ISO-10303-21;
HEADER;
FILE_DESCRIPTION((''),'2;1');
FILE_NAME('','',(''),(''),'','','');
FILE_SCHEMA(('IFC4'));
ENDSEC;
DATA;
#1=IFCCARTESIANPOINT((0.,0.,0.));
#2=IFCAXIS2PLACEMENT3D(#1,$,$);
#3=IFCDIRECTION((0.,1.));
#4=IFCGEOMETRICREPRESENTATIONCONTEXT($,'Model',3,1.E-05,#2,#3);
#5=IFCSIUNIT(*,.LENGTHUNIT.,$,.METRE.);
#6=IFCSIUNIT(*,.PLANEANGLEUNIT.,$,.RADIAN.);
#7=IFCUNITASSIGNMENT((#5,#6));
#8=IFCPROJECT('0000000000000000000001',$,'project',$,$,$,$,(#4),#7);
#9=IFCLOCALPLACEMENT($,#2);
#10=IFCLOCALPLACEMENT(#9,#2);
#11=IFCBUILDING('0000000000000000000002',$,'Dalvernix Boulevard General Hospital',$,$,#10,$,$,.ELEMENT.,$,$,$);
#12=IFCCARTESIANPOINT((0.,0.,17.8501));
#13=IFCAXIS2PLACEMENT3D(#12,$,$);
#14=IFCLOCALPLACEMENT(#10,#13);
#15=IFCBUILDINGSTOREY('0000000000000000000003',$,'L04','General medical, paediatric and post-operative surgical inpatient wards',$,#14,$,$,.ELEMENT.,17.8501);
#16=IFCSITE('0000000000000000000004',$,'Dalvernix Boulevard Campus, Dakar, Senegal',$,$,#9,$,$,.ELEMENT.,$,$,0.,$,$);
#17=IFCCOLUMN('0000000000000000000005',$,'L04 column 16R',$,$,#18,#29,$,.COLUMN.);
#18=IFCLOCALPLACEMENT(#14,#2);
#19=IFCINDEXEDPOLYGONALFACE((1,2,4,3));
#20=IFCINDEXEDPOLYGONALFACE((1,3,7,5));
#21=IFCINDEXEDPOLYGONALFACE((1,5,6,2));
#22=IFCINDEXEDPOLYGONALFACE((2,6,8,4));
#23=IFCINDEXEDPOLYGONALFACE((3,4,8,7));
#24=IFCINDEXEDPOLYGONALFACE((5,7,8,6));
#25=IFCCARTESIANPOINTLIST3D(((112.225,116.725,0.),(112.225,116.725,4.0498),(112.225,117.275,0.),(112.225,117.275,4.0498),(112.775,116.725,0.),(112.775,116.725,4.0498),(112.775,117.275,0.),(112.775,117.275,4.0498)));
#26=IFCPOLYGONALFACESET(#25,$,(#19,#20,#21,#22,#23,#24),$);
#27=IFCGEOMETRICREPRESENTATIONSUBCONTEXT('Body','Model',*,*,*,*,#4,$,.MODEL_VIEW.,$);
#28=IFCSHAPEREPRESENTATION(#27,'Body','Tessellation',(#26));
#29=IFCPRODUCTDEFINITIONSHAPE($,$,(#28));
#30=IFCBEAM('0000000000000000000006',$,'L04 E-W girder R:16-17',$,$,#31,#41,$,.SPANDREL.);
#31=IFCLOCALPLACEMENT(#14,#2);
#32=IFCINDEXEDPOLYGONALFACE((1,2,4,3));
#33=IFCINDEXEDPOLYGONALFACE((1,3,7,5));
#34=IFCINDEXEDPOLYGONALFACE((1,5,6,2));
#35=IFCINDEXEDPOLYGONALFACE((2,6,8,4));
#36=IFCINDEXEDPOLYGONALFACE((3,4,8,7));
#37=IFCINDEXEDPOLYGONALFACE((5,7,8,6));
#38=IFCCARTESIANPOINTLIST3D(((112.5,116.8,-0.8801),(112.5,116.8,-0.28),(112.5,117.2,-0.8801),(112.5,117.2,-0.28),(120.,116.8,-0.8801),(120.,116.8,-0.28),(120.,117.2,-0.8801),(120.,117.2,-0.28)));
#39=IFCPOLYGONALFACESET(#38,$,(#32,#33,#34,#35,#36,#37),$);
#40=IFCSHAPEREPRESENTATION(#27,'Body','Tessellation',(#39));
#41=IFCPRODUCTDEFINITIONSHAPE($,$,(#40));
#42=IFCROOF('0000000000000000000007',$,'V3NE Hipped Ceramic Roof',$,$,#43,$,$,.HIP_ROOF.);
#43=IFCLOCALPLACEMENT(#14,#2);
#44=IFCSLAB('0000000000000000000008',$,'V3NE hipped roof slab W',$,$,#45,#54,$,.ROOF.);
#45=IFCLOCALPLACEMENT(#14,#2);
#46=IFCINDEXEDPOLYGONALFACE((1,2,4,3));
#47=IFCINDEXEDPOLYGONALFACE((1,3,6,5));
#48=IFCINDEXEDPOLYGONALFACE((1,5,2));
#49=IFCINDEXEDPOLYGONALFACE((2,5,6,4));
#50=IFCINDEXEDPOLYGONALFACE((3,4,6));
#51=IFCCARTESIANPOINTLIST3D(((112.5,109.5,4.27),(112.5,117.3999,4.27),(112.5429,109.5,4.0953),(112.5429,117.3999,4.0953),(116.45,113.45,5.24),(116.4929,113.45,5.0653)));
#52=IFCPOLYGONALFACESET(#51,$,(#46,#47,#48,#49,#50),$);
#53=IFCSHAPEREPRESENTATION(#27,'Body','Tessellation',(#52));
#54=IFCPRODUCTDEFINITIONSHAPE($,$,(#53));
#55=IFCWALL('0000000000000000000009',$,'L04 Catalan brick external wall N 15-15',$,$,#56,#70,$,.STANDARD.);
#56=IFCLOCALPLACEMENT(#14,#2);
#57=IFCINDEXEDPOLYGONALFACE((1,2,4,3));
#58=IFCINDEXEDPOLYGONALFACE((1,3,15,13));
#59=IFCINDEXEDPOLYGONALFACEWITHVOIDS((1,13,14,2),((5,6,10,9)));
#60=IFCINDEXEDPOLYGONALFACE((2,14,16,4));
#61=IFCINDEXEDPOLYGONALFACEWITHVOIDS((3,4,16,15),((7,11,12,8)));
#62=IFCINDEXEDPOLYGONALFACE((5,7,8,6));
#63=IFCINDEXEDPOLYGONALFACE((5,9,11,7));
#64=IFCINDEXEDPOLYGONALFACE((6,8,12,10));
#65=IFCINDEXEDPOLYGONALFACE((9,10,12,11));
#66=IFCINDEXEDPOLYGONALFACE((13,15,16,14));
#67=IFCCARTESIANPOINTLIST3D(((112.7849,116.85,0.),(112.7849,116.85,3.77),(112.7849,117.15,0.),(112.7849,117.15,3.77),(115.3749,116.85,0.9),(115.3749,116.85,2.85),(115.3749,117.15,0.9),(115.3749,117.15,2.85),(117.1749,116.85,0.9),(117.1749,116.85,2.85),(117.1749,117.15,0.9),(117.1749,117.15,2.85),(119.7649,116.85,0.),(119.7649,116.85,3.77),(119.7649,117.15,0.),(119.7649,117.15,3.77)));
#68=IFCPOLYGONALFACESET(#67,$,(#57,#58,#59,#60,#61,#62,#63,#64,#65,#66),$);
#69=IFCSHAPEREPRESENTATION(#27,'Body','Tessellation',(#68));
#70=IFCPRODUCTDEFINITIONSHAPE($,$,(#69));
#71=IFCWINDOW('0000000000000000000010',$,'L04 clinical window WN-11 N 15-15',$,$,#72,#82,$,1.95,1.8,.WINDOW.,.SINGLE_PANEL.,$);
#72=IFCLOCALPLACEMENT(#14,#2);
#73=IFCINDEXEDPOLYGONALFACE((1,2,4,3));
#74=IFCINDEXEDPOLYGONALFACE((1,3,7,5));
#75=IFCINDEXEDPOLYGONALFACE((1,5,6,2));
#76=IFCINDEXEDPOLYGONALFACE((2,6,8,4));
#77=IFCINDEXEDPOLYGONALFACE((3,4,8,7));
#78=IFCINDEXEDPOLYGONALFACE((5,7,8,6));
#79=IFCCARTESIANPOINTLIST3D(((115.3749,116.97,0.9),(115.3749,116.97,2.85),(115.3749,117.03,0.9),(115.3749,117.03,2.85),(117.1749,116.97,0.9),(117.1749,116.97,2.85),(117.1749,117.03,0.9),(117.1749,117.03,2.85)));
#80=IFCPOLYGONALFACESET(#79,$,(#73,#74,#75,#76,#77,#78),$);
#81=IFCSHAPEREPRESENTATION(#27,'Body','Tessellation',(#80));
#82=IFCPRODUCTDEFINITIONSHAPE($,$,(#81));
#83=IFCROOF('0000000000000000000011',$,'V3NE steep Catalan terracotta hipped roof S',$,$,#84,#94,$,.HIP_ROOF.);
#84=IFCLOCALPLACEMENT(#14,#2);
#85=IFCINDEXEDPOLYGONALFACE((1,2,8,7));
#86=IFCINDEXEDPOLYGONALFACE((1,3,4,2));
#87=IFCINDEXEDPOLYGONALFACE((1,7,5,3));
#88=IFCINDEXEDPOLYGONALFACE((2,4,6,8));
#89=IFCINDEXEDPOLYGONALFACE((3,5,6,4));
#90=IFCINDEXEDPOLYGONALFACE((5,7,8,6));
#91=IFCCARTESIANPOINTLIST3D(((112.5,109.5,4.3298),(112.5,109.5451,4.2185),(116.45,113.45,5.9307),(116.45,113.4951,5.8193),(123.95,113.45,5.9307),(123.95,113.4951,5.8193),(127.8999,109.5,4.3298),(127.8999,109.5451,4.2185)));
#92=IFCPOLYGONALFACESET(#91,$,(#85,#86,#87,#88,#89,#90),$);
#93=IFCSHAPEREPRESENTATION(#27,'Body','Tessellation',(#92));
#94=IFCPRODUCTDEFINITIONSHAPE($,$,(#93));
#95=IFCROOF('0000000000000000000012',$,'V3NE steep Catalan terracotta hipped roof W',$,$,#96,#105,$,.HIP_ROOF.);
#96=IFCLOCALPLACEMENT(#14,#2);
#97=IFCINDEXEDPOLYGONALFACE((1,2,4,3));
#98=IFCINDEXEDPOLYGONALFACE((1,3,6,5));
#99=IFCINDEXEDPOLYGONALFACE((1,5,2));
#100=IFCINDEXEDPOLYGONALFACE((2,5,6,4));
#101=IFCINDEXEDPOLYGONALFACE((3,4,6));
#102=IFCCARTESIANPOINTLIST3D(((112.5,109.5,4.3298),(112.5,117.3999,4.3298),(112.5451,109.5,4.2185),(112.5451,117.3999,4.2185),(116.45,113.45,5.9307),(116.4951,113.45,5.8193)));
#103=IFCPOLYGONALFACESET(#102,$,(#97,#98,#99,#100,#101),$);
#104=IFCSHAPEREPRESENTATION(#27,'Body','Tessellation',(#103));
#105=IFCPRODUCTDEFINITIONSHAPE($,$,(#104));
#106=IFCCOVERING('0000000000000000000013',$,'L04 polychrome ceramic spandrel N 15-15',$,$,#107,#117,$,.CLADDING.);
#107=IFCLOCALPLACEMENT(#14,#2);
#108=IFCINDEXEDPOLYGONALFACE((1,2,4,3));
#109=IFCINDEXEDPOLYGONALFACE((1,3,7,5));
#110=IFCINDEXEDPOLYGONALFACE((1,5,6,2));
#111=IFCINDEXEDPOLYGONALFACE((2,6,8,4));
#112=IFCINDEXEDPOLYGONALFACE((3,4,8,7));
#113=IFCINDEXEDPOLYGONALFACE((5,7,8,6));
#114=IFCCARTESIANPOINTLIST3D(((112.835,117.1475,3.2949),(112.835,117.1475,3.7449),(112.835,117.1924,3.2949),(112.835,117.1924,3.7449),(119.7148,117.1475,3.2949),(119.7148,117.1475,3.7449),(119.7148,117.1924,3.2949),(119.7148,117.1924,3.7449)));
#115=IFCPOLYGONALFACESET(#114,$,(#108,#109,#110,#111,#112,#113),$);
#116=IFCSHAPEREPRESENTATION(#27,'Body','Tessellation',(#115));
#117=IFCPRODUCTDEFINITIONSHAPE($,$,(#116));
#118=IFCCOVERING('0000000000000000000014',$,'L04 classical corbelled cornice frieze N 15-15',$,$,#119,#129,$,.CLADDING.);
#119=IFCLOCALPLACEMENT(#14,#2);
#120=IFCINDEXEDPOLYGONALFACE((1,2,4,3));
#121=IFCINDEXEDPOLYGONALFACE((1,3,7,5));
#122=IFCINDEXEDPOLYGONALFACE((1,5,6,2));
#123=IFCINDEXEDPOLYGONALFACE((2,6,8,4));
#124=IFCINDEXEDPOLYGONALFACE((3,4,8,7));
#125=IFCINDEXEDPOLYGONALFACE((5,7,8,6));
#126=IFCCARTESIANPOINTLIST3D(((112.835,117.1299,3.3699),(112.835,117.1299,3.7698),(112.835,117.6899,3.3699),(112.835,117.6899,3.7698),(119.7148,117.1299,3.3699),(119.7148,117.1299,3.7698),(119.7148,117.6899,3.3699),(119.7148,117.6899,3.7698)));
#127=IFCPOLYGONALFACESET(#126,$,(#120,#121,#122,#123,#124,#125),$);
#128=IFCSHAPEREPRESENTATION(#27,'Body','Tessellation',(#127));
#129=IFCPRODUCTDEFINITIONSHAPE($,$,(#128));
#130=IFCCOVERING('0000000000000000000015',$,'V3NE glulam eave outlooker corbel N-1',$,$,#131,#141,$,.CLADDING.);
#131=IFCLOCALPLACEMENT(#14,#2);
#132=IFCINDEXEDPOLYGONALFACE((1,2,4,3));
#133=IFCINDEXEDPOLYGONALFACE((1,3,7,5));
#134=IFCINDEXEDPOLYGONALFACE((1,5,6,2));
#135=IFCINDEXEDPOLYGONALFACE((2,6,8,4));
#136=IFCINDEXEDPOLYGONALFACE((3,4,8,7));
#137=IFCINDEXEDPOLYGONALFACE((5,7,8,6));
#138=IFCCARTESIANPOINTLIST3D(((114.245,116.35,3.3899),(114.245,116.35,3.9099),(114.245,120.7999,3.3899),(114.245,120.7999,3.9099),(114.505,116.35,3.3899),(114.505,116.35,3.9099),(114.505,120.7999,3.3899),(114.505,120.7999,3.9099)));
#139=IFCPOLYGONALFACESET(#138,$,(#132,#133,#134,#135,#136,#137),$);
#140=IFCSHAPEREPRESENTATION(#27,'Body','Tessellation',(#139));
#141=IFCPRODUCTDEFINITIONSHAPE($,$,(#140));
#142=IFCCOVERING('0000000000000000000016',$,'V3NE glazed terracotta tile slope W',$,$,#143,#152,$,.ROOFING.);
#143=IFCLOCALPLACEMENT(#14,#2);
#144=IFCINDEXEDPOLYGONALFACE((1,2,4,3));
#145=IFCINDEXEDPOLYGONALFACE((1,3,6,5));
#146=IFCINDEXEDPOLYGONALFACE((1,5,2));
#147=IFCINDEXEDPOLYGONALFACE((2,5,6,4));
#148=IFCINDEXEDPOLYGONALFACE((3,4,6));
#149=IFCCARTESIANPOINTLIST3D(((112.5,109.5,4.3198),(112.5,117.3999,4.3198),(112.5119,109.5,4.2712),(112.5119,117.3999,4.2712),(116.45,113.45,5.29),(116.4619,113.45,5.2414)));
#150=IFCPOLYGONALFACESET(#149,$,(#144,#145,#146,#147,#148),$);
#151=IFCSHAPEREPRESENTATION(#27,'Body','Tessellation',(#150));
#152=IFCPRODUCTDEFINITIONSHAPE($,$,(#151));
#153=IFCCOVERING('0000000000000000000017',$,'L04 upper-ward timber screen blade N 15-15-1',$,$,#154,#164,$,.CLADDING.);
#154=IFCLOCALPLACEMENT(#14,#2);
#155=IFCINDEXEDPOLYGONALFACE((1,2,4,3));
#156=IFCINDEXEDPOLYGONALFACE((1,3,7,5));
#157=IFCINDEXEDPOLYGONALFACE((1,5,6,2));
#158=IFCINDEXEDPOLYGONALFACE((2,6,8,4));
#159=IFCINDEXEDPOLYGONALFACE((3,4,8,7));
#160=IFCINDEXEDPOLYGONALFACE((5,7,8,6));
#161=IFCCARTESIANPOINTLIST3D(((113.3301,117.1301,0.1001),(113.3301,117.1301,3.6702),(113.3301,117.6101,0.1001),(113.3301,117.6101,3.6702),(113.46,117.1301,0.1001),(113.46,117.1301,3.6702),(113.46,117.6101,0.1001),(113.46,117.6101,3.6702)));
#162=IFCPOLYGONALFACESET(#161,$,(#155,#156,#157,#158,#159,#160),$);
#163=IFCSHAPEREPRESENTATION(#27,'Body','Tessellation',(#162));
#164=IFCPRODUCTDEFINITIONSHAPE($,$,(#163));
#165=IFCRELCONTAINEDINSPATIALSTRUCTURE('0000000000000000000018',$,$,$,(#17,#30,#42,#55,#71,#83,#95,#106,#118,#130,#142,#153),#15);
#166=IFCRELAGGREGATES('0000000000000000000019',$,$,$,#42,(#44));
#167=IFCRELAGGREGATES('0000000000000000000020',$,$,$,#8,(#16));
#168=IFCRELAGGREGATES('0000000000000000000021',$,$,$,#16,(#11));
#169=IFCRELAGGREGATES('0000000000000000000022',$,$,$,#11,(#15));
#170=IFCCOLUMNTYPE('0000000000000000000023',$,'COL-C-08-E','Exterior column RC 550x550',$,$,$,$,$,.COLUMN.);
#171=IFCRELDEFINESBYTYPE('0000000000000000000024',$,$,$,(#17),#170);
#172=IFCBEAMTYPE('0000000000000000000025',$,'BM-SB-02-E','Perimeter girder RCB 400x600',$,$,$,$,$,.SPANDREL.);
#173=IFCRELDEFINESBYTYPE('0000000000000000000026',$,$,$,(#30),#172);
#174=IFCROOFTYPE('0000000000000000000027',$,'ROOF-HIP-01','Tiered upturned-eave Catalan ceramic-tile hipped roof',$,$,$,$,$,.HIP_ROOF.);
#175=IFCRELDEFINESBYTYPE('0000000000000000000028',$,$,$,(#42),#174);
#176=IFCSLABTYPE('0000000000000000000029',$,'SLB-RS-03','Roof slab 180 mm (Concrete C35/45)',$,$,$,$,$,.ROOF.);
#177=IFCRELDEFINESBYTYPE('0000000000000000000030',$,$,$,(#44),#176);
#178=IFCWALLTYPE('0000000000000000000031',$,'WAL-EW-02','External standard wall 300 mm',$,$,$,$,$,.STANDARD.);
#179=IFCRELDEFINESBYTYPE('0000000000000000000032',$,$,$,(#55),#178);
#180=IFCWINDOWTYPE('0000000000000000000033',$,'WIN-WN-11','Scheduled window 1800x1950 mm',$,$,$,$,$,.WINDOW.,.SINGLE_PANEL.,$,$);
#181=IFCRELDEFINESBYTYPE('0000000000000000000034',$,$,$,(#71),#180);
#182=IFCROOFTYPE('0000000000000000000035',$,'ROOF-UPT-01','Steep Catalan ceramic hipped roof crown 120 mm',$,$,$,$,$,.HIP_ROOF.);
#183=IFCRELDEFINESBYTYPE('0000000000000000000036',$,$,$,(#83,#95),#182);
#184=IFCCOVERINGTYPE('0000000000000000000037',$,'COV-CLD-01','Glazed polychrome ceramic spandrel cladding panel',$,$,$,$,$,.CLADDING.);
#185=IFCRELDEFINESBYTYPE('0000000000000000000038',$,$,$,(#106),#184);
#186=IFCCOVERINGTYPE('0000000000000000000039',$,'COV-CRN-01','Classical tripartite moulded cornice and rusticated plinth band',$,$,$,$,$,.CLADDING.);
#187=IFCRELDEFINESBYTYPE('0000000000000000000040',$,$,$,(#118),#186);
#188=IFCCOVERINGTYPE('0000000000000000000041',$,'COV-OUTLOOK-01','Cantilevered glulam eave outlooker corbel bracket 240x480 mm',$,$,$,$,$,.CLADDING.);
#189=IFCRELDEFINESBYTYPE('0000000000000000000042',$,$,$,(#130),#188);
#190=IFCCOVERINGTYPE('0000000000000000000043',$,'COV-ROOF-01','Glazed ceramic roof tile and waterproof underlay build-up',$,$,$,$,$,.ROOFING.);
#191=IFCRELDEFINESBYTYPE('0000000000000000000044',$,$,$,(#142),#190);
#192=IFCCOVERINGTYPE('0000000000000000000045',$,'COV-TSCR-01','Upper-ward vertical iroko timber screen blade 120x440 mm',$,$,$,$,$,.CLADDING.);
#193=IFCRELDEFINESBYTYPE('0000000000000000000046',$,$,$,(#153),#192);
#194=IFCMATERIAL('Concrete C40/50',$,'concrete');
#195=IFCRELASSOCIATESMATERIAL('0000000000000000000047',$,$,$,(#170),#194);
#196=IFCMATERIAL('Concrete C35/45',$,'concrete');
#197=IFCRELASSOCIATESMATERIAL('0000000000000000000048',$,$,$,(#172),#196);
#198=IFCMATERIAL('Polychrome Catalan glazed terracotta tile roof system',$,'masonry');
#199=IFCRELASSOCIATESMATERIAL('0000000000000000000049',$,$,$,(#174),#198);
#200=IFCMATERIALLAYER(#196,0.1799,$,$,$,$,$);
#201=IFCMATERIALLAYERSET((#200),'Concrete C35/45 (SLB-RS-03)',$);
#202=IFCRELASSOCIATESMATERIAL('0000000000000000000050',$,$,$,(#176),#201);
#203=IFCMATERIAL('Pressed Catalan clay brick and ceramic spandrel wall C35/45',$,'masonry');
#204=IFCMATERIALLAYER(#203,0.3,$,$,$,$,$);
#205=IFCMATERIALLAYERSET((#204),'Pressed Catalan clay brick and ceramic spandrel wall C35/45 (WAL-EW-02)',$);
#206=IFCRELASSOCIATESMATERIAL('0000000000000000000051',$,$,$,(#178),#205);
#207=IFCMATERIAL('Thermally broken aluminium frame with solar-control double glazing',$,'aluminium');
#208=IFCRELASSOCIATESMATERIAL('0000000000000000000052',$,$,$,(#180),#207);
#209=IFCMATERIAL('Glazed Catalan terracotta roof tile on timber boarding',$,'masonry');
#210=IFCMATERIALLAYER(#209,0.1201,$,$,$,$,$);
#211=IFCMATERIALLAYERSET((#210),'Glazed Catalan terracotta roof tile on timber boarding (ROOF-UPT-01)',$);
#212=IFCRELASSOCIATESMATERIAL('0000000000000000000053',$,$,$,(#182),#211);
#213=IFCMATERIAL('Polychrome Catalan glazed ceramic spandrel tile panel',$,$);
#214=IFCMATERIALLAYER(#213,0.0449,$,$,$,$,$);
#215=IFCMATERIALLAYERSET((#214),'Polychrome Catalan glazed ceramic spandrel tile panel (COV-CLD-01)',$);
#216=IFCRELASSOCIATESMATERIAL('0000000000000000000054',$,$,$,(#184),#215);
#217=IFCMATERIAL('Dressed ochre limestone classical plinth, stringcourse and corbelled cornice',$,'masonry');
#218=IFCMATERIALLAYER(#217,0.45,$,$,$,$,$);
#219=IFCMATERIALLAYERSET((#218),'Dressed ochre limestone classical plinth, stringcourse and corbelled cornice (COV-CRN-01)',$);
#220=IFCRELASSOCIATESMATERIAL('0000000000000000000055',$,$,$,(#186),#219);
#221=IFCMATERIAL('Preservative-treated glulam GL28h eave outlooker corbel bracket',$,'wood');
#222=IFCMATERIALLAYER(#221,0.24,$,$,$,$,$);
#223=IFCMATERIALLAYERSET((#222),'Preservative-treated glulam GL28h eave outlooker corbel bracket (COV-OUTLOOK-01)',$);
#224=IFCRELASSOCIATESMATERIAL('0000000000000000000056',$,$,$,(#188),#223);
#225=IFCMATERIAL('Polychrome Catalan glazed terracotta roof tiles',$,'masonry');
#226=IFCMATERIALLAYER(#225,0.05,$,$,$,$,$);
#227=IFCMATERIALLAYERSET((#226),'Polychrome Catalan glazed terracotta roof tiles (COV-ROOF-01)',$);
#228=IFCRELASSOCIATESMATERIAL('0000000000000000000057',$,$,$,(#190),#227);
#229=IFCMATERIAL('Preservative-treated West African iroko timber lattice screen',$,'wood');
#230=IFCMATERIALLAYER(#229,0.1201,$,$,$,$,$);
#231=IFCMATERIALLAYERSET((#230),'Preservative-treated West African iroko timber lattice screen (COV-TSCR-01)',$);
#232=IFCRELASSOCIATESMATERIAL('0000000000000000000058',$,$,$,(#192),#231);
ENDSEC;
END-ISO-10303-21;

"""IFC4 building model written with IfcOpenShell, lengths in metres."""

from ifc_helpers import new_model, si_unit, direction, frame, frame_2d, origin, origin_2d, place, context, subcontext, project, spatial, polyline, rectangle, outline, extrude, material, layer, layer_set, material_profile, profile_set, type_object, element, fill, aggregate, save


model = new_model("IFC4")

# Units and contexts
model_context = context("Model", 3, precision=1e-05, world=origin(), true_north=direction((0.0, 1.0)))
body_context = subcontext(model_context, "Body", "Model", "MODEL_VIEW")
ifc_project = project(units=[si_unit("LENGTHUNIT", "METRE"), si_unit("PLANEANGLEUNIT", "RADIAN")], contexts=[model_context])

# Site, building, storey
site_placement = place(None, origin())
site = spatial("IfcSite", under=ifc_project, at=site_placement, Name="Dalvernix Boulevard Campus, Dakar, Senegal", CompositionType="ELEMENT", RefElevation=0.0)
building_placement = place(site_placement, origin())
building = spatial("IfcBuilding", under=site, at=building_placement, Name="Dalvernix Boulevard General Hospital", CompositionType="ELEMENT")
storey_placement = place(building_placement, frame((0.0, 0.0, 17.8501)))
storey = spatial("IfcBuildingStorey", under=building, at=storey_placement, Name="L04", Description="General medical, paediatric and post-operative surgical inpatient wards", CompositionType="ELEMENT", Elevation=17.8501)

# Column
ifc_material_1 = material(Name="Concrete C40/50", Category="concrete")
ifc_material_profile_1 = material_profile(ifc_material_1, rectangle(XDim=0.55, YDim=0.55, at=origin_2d()), Name="RC 550x550")
ifc_profile_set_1 = profile_set([ifc_material_profile_1], Name="Concrete C40/50")
column_type = type_object("IfcColumnType", Name="COL-C-08-E", Description="Exterior column RC 550x550", PredefinedType="COLUMN", material=ifc_profile_set_1)
column_placement = place(storey_placement, frame((112.5, 117.0, 0.0), z_axis=(0.0, 0.0, 1.0), x_axis=(1.0, 0.0, 0.0)))
element("IfcColumn", 1, at=column_placement, inside=storey, type_object=column_type, Name="L04 column 16R", PredefinedType="COLUMN", context=body_context, shape_type="SweptSolid", body=[
    extrude(rectangle(XDim=0.55, YDim=0.55, at=origin_2d()), origin(), (0.0, 0.0, 1.0), 4.0498),
])

# Beam
ifc_material_2 = material(Name="Concrete C35/45", Category="concrete")
ifc_material_profile_2 = material_profile(ifc_material_2, rectangle(XDim=0.3999, YDim=0.6001, at=origin_2d()), Name="RCB 400x600")
ifc_profile_set_2 = profile_set([ifc_material_profile_2], Name="Concrete C35/45")
beam_type = type_object("IfcBeamType", Name="BM-SB-02-E", Description="Perimeter girder RCB 400x600", PredefinedType="SPANDREL", material=ifc_profile_set_2)
beam_placement = place(storey_placement, frame((112.5, 117.0, -0.5801), z_axis=(1.0, 0.0, 0.0), x_axis=(0.0, 1.0, 0.0)))
element("IfcBeam", 2, at=beam_placement, inside=storey, type_object=beam_type, Name="L04 E-W girder R:16-17", PredefinedType="SPANDREL", context=body_context, shape_type="SweptSolid", body=[
    extrude(rectangle(XDim=0.3999, YDim=0.6001, at=origin_2d()), origin(), (0.0, 0.0, 1.0), 7.5),
])

# Roof, slab
ifc_material_3 = material(Name="Polychrome Catalan glazed terracotta tile roof system", Category="masonry")
roof_type_1 = type_object("IfcRoofType", Name="ROOF-HIP-01", Description="Tiered upturned-eave Catalan ceramic-tile hipped roof", PredefinedType="HIP_ROOF", material=ifc_material_3)
roof_1_placement = place(storey_placement, origin())
roof_1 = element("IfcRoof", 3, at=roof_1_placement, inside=storey, type_object=roof_type_1, Name="V3NE Hipped Ceramic Roof", PredefinedType="HIP_ROOF")
ifc_layer_1 = layer(ifc_material_2, 0.1799)
ifc_layer_set_1 = layer_set([ifc_layer_1], Name="Concrete C35/45 (SLB-RS-03)")
slab_type = type_object("IfcSlabType", Name="SLB-RS-03", Description="Roof slab 180 mm (Concrete C35/45)", PredefinedType="ROOF", material=ifc_layer_set_1)
slab_placement = place(storey_placement, frame((112.5, 117.3999, 4.27), z_axis=(-0.23848, 0.0, 0.971147), x_axis=(0.0, -1.0, 0.0)))
slab = element("IfcSlab", 4, at=slab_placement, type_object=slab_type, Name="V3NE hipped roof slab W", PredefinedType="ROOF", context=body_context, shape_type="SweptSolid", body=[
    extrude(outline(polyline([(0.0, 0.0), (7.8999, 0.0), (3.95, 4.0673), (0.0, 0.0)])), origin(), (0.0, 0.0, -1.0), 0.1799),
])
aggregate(roof_1, [slab])

# Wall, opening, window
ifc_material_4 = material(Name="Pressed Catalan clay brick and ceramic spandrel wall C35/45", Category="masonry")
ifc_layer_2 = layer(ifc_material_4, 0.3)
ifc_layer_set_2 = layer_set([ifc_layer_2], Name="Pressed Catalan clay brick and ceramic spandrel wall C35/45 (WAL-EW-02)")
wall_type = type_object("IfcWallType", Name="WAL-EW-02", Description="External standard wall 300 mm", PredefinedType="STANDARD", material=ifc_layer_set_2)
wall_placement = place(storey_placement, frame((112.7849, 117.0, 0.0), z_axis=(0.0, 0.0, 1.0), x_axis=(1.0, 0.0, 0.0)))
wall = element("IfcWall", 5, at=wall_placement, inside=storey, type_object=wall_type, Name="L04 Catalan brick external wall N 15-15", PredefinedType="STANDARD", context=body_context, shape_type="SweptSolid", body=[
    extrude(rectangle(XDim=6.98, YDim=0.3, at=frame_2d((3.49, 0.0))), origin(), (0.0, 0.0, 1.0), 3.77),
])
opening_placement = place(wall_placement, frame((2.5901, 0.0, 0.8999)))
opening = element("IfcOpeningElement", 6, at=opening_placement, cuts=wall, PredefinedType="OPENING", context=body_context, shape_type="SweptSolid", body=[
    extrude(rectangle(XDim=1.8, YDim=1.95, at=frame_2d((0.8999, 0.9751))), frame((0.0, 0.1599, 0.0), z_axis=(0.0, -1.0, 0.0), x_axis=(1.0, 0.0, 0.0)), (0.0, 0.0, 1.0), 0.3201),
])
ifc_material_5 = material(Name="Thermally broken aluminium frame with solar-control double glazing", Category="aluminium")
window_type = type_object("IfcWindowType", Name="WIN-WN-11", Description="Scheduled window 1800x1950 mm", PartitioningType="SINGLE_PANEL", PredefinedType="WINDOW", material=ifc_material_5)
window_placement = place(opening_placement, origin())
window = element("IfcWindow", 7, at=window_placement, inside=storey, type_object=window_type, Name="L04 clinical window WN-11 N 15-15", OverallHeight=1.95, OverallWidth=1.8, PartitioningType="SINGLE_PANEL", PredefinedType="WINDOW", context=body_context, shape_type="SweptSolid", body=[
    extrude(rectangle(XDim=1.8, YDim=1.95, at=frame_2d((0.8999, 0.9751))), frame((0.0, 0.03, 0.0), z_axis=(0.0, -1.0, 0.0), x_axis=(1.0, 0.0, 0.0)), (0.0, 0.0, 1.0), 0.0601),
])
fill(opening, window)

# Roofs
ifc_material_6 = material(Name="Glazed Catalan terracotta roof tile on timber boarding", Category="masonry")
ifc_layer_3 = layer(ifc_material_6, 0.1201)
ifc_layer_set_3 = layer_set([ifc_layer_3], Name="Glazed Catalan terracotta roof tile on timber boarding (ROOF-UPT-01)")
roof_type_2 = type_object("IfcRoofType", Name="ROOF-UPT-01", Description="Steep Catalan ceramic hipped roof crown 120 mm", PredefinedType="HIP_ROOF", material=ifc_layer_set_3)
roof_2_placement = place(storey_placement, frame((112.5, 109.5, 4.3298), z_axis=(0.0, -0.375604, 0.92678), x_axis=(1.0, 0.0, 0.0)))
element("IfcRoof", 8, at=roof_2_placement, inside=storey, type_object=roof_type_2, Name="V3NE steep Catalan terracotta hipped roof S", PredefinedType="HIP_ROOF", context=body_context, shape_type="SweptSolid", body=[
    extrude(outline(polyline([(0.0, 0.0), (15.3999, 0.0), (11.45, 4.262), (3.95, 4.262), (0.0, 0.0)])), origin(), (0.0, 0.0, -1.0), 0.1201),
])
roof_3_placement = place(storey_placement, frame((112.5, 117.3999, 4.3298), z_axis=(-0.375604, 0.0, 0.92678), x_axis=(0.0, -1.0, 0.0)))
element("IfcRoof", 9, at=roof_3_placement, inside=storey, type_object=roof_type_2, Name="V3NE steep Catalan terracotta hipped roof W", PredefinedType="HIP_ROOF", context=body_context, shape_type="SweptSolid", body=[
    extrude(outline(polyline([(0.0, 0.0), (7.8999, 0.0), (3.95, 4.262), (0.0, 0.0)])), origin(), (0.0, 0.0, -1.0), 0.1201),
])

# Coverings
ifc_material_7 = material(Name="Polychrome Catalan glazed ceramic spandrel tile panel")
ifc_layer_4 = layer(ifc_material_7, 0.0449)
ifc_layer_set_4 = layer_set([ifc_layer_4], Name="Polychrome Catalan glazed ceramic spandrel tile panel (COV-CLD-01)")
covering_type_1 = type_object("IfcCoveringType", Name="COV-CLD-01", Description="Glazed polychrome ceramic spandrel cladding panel", PredefinedType="CLADDING", material=ifc_layer_set_4)
covering_1_placement = place(storey_placement, frame((116.2749, 117.1699, 3.2949), z_axis=(0.0, 0.0, 1.0), x_axis=(1.0, 0.0, 0.0)))
element("IfcCovering", 10, at=covering_1_placement, inside=storey, type_object=covering_type_1, Name="L04 polychrome ceramic spandrel N 15-15", PredefinedType="CLADDING", context=body_context, shape_type="SweptSolid", body=[
    extrude(rectangle(XDim=6.8799, YDim=0.0449, at=origin_2d()), origin(), (0.0, 0.0, 1.0), 0.45),
])
ifc_material_8 = material(Name="Dressed ochre limestone classical plinth, stringcourse and corbelled cornice", Category="masonry")
ifc_layer_5 = layer(ifc_material_8, 0.45)
ifc_layer_set_5 = layer_set([ifc_layer_5], Name="Dressed ochre limestone classical plinth, stringcourse and corbelled cornice (COV-CRN-01)")
covering_type_2 = type_object("IfcCoveringType", Name="COV-CRN-01", Description="Classical tripartite moulded cornice and rusticated plinth band", PredefinedType="CLADDING", material=ifc_layer_set_5)
covering_2_placement = place(storey_placement, frame((116.2749, 117.4099, 3.3699), z_axis=(0.0, 0.0, 1.0), x_axis=(1.0, 0.0, 0.0)))
element("IfcCovering", 11, at=covering_2_placement, inside=storey, type_object=covering_type_2, Name="L04 classical corbelled cornice frieze N 15-15", PredefinedType="CLADDING", context=body_context, shape_type="SweptSolid", body=[
    extrude(rectangle(XDim=6.8799, YDim=0.5601, at=origin_2d()), origin(), (0.0, 0.0, 1.0), 0.3999),
])
ifc_material_9 = material(Name="Preservative-treated glulam GL28h eave outlooker corbel bracket", Category="wood")
ifc_layer_6 = layer(ifc_material_9, 0.24)
ifc_layer_set_6 = layer_set([ifc_layer_6], Name="Preservative-treated glulam GL28h eave outlooker corbel bracket (COV-OUTLOOK-01)")
covering_type_3 = type_object("IfcCoveringType", Name="COV-OUTLOOK-01", Description="Cantilevered glulam eave outlooker corbel bracket 240x480 mm", PredefinedType="CLADDING", material=ifc_layer_set_6)
covering_3_placement = place(storey_placement, frame((114.375, 118.575, 3.3899), z_axis=(0.0, 0.0, 1.0), x_axis=(1.0, 0.0, 0.0)))
element("IfcCovering", 12, at=covering_3_placement, inside=storey, type_object=covering_type_3, Name="V3NE glulam eave outlooker corbel N-1", PredefinedType="CLADDING", context=body_context, shape_type="SweptSolid", body=[
    extrude(rectangle(XDim=0.26, YDim=4.45, at=origin_2d()), origin(), (0.0, 0.0, 1.0), 0.52),
])
ifc_material_10 = material(Name="Polychrome Catalan glazed terracotta roof tiles", Category="masonry")
ifc_layer_7 = layer(ifc_material_10, 0.05)
ifc_layer_set_7 = layer_set([ifc_layer_7], Name="Polychrome Catalan glazed terracotta roof tiles (COV-ROOF-01)")
covering_type_4 = type_object("IfcCoveringType", Name="COV-ROOF-01", Description="Glazed ceramic roof tile and waterproof underlay build-up", PredefinedType="ROOFING", material=ifc_layer_set_7)
covering_4_placement = place(storey_placement, frame((112.5, 117.3999, 4.3198), z_axis=(-0.238537, 0.0, 0.971133), x_axis=(0.0, -1.0, 0.0)))
element("IfcCovering", 13, at=covering_4_placement, inside=storey, type_object=covering_type_4, Name="V3NE glazed terracotta tile slope W", PredefinedType="ROOFING", context=body_context, shape_type="SweptSolid", body=[
    extrude(outline(polyline([(0.0, 0.0), (7.8999, 0.0), (3.95, 4.0674), (0.0, 0.0)])), origin(), (0.0, 0.0, -1.0), 0.05),
])
ifc_material_11 = material(Name="Preservative-treated West African iroko timber lattice screen", Category="wood")
ifc_layer_8 = layer(ifc_material_11, 0.1201)
ifc_layer_set_8 = layer_set([ifc_layer_8], Name="Preservative-treated West African iroko timber lattice screen (COV-TSCR-01)")
covering_type_5 = type_object("IfcCoveringType", Name="COV-TSCR-01", Description="Upper-ward vertical iroko timber screen blade 120x440 mm", PredefinedType="CLADDING", material=ifc_layer_set_8)
for number, where, z_axis, x_axis, name in (
    (14, (113.395, 117.3701, 0.1001), (0.0, 0.0, 1.0), (1.0, 0.0, 0.0), "L04 upper-ward timber screen blade N 15-15-1"),
):
    element("IfcCovering", number, at=place(storey_placement, frame(where, z_axis=z_axis, x_axis=x_axis)), inside=storey, type_object=covering_type_5, Name=name, PredefinedType="CLADDING", context=body_context, shape_type="SweptSolid", body=[
        extrude(rectangle(XDim=0.1299, YDim=0.48, at=origin_2d()), origin(), (0.0, 0.0, 1.0), 3.5701),
    ])

save(model, "model.ifc")
